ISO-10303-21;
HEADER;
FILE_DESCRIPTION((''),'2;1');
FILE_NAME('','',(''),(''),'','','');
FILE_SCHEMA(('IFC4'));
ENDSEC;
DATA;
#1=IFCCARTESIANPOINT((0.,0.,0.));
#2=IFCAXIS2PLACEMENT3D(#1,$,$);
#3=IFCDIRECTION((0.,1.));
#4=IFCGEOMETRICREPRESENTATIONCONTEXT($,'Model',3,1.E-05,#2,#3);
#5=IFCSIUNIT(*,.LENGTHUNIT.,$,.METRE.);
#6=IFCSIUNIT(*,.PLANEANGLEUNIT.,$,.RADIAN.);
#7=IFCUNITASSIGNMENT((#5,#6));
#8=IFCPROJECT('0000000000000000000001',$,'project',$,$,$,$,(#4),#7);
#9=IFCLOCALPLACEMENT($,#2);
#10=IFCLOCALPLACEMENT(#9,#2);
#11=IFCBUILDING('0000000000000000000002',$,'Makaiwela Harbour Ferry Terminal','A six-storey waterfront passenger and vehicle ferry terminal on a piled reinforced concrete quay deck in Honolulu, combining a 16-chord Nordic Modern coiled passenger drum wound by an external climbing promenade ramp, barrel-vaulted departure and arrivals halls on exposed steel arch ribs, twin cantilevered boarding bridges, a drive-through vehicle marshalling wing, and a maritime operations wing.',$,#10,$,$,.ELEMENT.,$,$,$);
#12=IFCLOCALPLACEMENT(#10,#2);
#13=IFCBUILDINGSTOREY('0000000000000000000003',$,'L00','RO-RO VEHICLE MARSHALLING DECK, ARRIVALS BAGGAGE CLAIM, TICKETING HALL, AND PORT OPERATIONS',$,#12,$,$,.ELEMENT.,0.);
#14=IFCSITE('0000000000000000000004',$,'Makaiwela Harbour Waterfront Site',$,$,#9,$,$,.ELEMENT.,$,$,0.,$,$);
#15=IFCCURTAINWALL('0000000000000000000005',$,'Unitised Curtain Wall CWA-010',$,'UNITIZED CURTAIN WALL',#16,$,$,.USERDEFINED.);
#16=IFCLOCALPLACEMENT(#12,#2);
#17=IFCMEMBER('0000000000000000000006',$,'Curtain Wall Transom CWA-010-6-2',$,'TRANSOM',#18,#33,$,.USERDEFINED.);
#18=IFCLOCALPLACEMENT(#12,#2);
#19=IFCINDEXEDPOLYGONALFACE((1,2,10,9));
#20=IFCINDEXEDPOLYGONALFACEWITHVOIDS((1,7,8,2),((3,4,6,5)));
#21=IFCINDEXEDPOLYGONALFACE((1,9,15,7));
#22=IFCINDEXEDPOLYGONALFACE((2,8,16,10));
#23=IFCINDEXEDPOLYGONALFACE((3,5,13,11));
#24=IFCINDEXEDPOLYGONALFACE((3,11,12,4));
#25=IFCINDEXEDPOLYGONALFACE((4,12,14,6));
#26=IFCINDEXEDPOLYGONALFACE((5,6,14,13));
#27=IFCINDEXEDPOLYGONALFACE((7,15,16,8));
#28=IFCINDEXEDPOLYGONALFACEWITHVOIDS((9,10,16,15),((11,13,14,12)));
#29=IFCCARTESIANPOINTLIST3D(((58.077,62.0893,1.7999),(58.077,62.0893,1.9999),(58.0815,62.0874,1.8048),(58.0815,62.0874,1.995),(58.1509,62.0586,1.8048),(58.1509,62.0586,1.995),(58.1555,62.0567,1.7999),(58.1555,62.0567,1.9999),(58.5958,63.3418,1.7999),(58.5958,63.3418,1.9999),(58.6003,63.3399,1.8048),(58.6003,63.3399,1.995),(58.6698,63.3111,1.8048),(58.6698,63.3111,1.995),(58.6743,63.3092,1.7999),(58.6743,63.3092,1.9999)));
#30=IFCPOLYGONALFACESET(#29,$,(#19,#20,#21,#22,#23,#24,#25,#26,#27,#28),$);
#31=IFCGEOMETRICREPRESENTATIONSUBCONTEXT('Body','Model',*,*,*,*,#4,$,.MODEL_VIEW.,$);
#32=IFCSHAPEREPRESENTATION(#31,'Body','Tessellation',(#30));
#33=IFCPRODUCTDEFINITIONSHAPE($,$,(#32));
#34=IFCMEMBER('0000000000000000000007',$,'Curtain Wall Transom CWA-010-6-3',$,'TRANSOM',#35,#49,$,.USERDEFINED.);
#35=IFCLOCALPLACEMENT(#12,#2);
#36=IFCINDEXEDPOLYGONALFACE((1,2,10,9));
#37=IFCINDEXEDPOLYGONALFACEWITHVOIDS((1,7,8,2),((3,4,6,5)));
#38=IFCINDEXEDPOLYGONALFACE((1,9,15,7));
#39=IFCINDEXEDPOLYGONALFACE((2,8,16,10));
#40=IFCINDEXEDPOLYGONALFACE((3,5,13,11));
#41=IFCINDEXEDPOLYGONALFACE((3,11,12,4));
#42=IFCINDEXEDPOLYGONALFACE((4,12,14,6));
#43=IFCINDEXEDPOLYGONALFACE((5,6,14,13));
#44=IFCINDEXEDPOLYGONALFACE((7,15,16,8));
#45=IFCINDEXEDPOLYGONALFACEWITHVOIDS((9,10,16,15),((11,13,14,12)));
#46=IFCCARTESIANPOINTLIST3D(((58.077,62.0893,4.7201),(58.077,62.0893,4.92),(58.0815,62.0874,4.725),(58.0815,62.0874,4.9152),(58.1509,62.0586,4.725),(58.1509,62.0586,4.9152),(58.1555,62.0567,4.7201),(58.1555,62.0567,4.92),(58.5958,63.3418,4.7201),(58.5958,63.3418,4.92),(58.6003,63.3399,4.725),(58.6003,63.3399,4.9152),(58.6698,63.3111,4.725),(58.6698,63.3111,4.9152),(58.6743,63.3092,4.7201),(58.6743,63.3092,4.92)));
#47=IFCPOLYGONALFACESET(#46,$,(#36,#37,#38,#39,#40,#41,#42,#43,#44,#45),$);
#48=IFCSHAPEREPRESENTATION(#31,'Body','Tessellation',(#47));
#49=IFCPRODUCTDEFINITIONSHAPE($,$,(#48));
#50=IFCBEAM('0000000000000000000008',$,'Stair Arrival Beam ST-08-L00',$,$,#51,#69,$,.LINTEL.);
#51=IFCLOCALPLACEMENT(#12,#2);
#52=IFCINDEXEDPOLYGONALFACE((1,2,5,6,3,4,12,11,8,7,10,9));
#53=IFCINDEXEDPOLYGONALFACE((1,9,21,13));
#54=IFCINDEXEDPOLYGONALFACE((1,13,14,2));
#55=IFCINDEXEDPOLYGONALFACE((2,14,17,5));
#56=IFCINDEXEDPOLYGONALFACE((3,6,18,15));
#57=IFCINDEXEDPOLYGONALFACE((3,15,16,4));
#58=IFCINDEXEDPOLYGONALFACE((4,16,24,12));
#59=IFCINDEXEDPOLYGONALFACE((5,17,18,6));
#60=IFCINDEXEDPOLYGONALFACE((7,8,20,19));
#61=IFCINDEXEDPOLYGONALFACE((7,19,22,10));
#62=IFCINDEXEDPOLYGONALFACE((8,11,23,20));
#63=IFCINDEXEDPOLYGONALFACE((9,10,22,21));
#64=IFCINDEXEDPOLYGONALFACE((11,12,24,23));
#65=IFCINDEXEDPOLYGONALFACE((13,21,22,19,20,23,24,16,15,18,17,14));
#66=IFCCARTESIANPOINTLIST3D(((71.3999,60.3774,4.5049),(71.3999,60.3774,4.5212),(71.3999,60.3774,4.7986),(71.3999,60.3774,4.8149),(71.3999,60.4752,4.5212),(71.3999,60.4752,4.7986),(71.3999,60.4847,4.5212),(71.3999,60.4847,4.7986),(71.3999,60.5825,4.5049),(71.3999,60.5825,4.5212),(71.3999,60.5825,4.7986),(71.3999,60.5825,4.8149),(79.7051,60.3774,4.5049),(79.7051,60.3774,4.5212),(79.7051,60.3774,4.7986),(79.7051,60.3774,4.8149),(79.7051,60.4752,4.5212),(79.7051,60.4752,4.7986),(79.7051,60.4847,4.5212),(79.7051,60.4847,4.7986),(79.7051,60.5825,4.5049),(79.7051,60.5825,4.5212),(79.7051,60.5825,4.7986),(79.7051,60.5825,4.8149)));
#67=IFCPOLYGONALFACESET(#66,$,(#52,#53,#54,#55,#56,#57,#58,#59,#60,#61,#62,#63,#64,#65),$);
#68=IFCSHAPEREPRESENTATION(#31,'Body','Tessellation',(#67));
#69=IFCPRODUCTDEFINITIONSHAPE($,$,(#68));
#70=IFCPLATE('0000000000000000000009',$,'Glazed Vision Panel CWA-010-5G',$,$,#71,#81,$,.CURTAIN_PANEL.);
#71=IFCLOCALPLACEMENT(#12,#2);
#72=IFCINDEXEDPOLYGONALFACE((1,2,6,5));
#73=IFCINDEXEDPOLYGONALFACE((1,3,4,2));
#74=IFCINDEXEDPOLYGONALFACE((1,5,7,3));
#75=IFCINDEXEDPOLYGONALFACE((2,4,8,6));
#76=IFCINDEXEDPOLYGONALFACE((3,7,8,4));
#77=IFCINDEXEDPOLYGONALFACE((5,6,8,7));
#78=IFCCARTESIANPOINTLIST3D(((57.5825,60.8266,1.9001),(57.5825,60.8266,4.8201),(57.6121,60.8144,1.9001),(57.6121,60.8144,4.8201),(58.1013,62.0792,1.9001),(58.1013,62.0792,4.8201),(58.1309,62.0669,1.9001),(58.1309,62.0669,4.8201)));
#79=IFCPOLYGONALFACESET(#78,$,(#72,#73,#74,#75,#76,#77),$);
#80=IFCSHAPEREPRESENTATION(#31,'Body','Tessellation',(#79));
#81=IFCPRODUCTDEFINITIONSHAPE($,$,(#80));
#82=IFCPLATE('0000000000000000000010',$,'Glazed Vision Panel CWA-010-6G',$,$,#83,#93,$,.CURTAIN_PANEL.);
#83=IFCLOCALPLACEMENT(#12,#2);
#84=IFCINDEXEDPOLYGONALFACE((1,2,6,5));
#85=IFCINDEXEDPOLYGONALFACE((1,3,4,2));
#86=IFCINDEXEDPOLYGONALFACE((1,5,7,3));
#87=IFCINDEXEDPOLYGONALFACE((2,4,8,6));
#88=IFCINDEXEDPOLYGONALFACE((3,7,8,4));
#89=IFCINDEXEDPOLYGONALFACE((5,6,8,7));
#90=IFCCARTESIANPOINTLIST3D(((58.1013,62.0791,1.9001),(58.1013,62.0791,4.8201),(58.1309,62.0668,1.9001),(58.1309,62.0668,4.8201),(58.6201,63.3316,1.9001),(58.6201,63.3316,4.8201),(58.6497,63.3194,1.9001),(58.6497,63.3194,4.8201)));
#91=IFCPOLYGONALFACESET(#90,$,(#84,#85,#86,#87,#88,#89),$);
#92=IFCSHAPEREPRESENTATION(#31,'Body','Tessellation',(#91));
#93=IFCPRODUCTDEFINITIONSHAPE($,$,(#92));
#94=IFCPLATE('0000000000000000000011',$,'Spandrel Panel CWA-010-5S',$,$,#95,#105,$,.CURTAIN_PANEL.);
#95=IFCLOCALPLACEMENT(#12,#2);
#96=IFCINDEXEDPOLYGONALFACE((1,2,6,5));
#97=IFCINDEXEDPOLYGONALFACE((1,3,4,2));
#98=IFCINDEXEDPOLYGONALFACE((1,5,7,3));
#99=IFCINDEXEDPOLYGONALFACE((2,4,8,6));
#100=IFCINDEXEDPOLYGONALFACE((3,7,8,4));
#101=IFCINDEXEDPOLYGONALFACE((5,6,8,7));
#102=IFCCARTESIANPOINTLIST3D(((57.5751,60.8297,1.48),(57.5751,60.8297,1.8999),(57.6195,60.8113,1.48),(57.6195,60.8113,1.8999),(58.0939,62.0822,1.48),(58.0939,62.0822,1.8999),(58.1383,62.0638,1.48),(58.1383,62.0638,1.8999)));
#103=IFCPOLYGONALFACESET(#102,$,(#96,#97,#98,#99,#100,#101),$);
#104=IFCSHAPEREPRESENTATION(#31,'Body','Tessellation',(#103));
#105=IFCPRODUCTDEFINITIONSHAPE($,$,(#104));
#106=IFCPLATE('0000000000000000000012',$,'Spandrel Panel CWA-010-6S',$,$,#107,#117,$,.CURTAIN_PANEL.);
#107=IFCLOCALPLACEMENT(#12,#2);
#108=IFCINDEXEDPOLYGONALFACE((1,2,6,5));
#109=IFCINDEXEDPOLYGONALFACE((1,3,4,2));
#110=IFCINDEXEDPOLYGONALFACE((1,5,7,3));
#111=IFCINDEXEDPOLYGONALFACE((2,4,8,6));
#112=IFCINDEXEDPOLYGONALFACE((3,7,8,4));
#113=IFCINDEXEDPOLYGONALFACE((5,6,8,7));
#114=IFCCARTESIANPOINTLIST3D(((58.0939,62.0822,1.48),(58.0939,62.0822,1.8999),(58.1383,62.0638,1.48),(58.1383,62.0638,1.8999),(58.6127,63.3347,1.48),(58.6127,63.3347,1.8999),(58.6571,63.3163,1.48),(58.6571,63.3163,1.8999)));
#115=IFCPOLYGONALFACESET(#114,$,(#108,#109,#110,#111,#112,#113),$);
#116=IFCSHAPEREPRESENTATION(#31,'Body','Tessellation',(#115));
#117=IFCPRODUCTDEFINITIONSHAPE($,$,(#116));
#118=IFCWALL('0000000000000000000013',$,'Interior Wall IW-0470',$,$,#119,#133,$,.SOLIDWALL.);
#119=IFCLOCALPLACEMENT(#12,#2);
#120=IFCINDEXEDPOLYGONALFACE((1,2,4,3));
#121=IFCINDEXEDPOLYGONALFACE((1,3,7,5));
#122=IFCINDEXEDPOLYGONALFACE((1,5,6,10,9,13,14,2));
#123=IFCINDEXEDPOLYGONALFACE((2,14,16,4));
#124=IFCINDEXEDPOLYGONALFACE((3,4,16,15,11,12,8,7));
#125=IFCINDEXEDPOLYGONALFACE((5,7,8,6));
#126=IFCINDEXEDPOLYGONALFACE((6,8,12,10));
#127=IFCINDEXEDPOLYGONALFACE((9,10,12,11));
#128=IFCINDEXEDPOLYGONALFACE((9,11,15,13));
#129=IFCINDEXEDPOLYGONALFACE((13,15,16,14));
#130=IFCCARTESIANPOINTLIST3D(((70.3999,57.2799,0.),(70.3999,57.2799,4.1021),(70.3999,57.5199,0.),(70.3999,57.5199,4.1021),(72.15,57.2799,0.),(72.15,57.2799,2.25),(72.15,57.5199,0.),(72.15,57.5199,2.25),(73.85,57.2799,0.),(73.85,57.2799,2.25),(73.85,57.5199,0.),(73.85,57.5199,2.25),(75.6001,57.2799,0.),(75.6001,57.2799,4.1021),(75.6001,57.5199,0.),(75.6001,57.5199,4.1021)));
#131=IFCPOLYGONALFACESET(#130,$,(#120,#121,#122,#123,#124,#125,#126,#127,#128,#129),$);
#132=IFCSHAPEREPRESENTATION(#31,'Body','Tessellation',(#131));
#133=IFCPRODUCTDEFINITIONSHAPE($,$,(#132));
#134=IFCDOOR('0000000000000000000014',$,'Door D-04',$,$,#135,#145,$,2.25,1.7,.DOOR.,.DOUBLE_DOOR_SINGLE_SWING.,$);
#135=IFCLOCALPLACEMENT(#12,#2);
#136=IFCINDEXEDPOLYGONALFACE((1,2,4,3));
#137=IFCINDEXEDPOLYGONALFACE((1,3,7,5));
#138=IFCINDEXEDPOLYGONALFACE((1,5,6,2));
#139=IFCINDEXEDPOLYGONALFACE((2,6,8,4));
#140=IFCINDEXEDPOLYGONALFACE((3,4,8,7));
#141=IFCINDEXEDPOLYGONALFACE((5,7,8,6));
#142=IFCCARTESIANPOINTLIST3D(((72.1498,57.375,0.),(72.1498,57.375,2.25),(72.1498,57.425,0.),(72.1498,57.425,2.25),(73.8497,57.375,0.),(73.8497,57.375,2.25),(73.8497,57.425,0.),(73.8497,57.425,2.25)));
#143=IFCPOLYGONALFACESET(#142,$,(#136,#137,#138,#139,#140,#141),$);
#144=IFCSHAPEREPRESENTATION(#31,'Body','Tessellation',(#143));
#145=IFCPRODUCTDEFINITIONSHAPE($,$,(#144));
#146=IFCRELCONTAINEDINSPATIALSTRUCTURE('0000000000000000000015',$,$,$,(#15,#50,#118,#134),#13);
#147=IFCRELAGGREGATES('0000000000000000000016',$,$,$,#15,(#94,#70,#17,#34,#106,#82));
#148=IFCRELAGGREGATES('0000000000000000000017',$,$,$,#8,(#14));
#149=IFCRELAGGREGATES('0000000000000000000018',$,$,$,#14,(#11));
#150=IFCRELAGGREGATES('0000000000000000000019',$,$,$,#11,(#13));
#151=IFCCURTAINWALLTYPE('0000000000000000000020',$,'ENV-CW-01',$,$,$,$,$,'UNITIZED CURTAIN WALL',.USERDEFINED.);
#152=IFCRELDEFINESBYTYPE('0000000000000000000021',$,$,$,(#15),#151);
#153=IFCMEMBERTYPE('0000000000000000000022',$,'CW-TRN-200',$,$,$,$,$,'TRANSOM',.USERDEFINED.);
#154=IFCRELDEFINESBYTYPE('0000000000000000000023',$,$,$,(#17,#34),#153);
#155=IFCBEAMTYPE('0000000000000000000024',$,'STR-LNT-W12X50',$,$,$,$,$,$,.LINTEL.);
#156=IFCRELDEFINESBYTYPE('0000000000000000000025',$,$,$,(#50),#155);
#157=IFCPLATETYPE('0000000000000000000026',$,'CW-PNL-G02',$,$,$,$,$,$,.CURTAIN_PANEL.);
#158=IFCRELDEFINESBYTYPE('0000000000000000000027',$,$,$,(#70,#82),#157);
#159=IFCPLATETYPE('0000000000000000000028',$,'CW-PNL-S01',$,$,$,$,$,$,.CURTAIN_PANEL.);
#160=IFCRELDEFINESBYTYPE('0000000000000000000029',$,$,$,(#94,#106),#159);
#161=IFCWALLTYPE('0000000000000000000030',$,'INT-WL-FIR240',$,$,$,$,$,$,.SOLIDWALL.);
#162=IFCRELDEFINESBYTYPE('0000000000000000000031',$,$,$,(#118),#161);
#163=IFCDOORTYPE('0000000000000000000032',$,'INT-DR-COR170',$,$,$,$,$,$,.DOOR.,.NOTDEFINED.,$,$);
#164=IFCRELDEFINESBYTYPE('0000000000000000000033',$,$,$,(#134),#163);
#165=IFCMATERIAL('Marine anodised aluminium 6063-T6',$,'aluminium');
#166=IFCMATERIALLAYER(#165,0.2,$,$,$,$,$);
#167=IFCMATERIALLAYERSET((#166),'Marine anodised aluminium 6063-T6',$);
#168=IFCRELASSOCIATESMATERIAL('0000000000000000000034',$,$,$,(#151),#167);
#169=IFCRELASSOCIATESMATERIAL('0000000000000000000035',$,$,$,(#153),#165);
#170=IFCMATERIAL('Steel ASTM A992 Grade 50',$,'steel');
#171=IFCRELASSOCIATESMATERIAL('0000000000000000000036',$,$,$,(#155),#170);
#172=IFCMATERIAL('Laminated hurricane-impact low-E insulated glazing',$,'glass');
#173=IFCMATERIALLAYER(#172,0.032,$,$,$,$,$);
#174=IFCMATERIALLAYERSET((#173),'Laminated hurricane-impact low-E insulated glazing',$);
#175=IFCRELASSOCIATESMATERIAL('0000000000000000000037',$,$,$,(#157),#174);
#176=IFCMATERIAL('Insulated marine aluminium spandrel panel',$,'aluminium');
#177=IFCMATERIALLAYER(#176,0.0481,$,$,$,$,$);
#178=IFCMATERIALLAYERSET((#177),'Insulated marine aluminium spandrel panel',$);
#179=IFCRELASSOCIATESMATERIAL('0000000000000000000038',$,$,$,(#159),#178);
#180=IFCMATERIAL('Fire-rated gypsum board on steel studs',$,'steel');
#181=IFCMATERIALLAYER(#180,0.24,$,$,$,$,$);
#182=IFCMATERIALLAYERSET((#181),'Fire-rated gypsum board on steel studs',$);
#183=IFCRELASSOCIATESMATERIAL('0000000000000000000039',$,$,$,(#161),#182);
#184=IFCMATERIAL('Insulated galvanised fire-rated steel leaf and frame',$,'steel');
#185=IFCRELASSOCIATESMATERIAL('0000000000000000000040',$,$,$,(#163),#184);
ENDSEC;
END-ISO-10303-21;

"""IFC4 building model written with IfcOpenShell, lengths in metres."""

from ifc_helpers import new_model, si_unit, direction, frame, frame_2d, origin, origin_2d, place, context, subcontext, project, spatial, rectangle, hollow_rectangle, i_section, extrude, material, layer, layer_set, material_profile, profile_set, type_object, element, fill, aggregate, save


model = new_model("IFC4")

# Units and contexts
model_context = context("Model", 3, precision=1e-05, world=origin(), true_north=direction((0.0, 1.0)))
body_context = subcontext(model_context, "Body", "Model", "MODEL_VIEW")
ifc_project = project(units=[si_unit("LENGTHUNIT", "METRE"), si_unit("PLANEANGLEUNIT", "RADIAN")], contexts=[model_context])

# Site, building, storey
site_placement = place(None, origin())
site = spatial("IfcSite", under=ifc_project, at=site_placement, Name="Makaiwela Harbour Waterfront Site", CompositionType="ELEMENT", RefElevation=0.0)
building_placement = place(site_placement, origin())
building = spatial("IfcBuilding", under=site, at=building_placement, Name="Makaiwela Harbour Ferry Terminal", Description="A six-storey waterfront passenger and vehicle ferry terminal on a piled reinforced concrete quay deck in Honolulu, combining a 16-chord Nordic Modern coiled passenger drum wound by an external climbing promenade ramp, barrel-vaulted departure and arrivals halls on exposed steel arch ribs, twin cantilevered boarding bridges, a drive-through vehicle marshalling wing, and a maritime operations wing.", CompositionType="ELEMENT")
storey_placement = place(building_placement, origin())
storey = spatial("IfcBuildingStorey", under=building, at=storey_placement, Name="L00", Description="RO-RO VEHICLE MARSHALLING DECK, ARRIVALS BAGGAGE CLAIM, TICKETING HALL, AND PORT OPERATIONS", CompositionType="ELEMENT", Elevation=0.0)

# Shared definitions
ifc_material_1 = material(Name="Steel ASTM A992 Grade 50", Category="steel")

# Curtain wall, members
ifc_material_2 = material(Name="Marine anodised aluminium 6063-T6", Category="aluminium")
ifc_layer_1 = layer(ifc_material_2, 0.2)
ifc_layer_set_1 = layer_set([ifc_layer_1], Name="Marine anodised aluminium 6063-T6")
curtain_wall_type = type_object("IfcCurtainWallType", Name="ENV-CW-01", ElementType="UNITIZED CURTAIN WALL", PredefinedType="USERDEFINED", material=ifc_layer_set_1)
curtain_wall_placement = place(storey_placement, origin())
curtain_wall = element("IfcCurtainWall", 1, at=curtain_wall_placement, inside=storey, type_object=curtain_wall_type, Name="Unitised Curtain Wall CWA-010", ObjectType="UNITIZED CURTAIN WALL", PredefinedType="USERDEFINED")
ifc_material_profile_1 = material_profile(ifc_material_2, hollow_rectangle(XDim=0.085, YDim=0.2, WallThickness=0.0049, at=origin_2d()), Name="CWT-200X85")
ifc_profile_set_1 = profile_set([ifc_material_profile_1], Name="Marine anodised aluminium 6063-T6")
member_type_1 = type_object("IfcMemberType", Name="CW-TRN-200", ElementType="TRANSOM", PredefinedType="USERDEFINED", material=ifc_profile_set_1)
member_1_placement = place(storey_placement, frame((58.1162, 62.073, 1.8999), z_axis=(0.382696, 0.923874, 0.0), x_axis=(-0.923874, 0.382696, 0.0)))
member_1 = element("IfcMember", 2, at=member_1_placement, type_object=member_type_1, Name="Curtain Wall Transom CWA-010-6-2", ObjectType="TRANSOM", PredefinedType="USERDEFINED", context=body_context, shape_type="SweptSolid", body=[
    extrude(hollow_rectangle(XDim=0.085, YDim=0.2, WallThickness=0.0049, at=origin_2d()), origin(), (0.0, 0.0, 1.0), 1.3557),
])
member_2_placement = place(storey_placement, frame((58.1162, 62.073, 4.8201), z_axis=(0.382696, 0.923874, 0.0), x_axis=(-0.923874, 0.382696, 0.0)))
member_2 = element("IfcMember", 3, at=member_2_placement, type_object=member_type_1, Name="Curtain Wall Transom CWA-010-6-3", ObjectType="TRANSOM", PredefinedType="USERDEFINED", context=body_context, shape_type="SweptSolid", body=[
    extrude(hollow_rectangle(XDim=0.085, YDim=0.2, WallThickness=0.0049, at=origin_2d()), origin(), (0.0, 0.0, 1.0), 1.3557),
])

# Beam
ifc_material_profile_2 = material_profile(ifc_material_1, i_section(OverallWidth=0.2051, OverallDepth=0.3101, WebThickness=0.0095, FlangeThickness=0.0164, at=origin_2d()), Name="W12X50")
ifc_profile_set_2 = profile_set([ifc_material_profile_2], Name="Steel ASTM A992 Grade 50")
beam_type = type_object("IfcBeamType", Name="STR-LNT-W12X50", PredefinedType="LINTEL", material=ifc_profile_set_2)
beam_placement = place(storey_placement, frame((71.3999, 60.48, 4.6599), z_axis=(1.0, 0.0, 0.0), x_axis=(0.0, 1.0, 0.0)))
element("IfcBeam", 4, at=beam_placement, inside=storey, type_object=beam_type, Name="Stair Arrival Beam ST-08-L00", PredefinedType="LINTEL", context=body_context, shape_type="SweptSolid", body=[
    extrude(i_section(OverallWidth=0.2051, OverallDepth=0.3101, WebThickness=0.0095, FlangeThickness=0.0164, at=origin_2d()), origin(), (0.0, 0.0, 1.0), 8.3052),
])

# Plates
ifc_material_3 = material(Name="Laminated hurricane-impact low-E insulated glazing", Category="glass")
ifc_layer_2 = layer(ifc_material_3, 0.032)
ifc_layer_set_2 = layer_set([ifc_layer_2], Name="Laminated hurricane-impact low-E insulated glazing")
plate_type_1 = type_object("IfcPlateType", Name="CW-PNL-G02", PredefinedType="CURTAIN_PANEL", material=ifc_layer_set_2)
plate_1_placement = place(storey_placement, frame((57.8567, 61.4468, 1.9001), z_axis=(0.0, 0.0, 1.0), x_axis=(0.382683, 0.92388, 0.0)))
plate_1 = element("IfcPlate", 5, at=plate_1_placement, type_object=plate_type_1, Name="Glazed Vision Panel CWA-010-5G", PredefinedType="CURTAIN_PANEL", context=body_context, shape_type="SweptSolid", body=[
    extrude(rectangle(XDim=1.3557, YDim=0.032, at=origin_2d()), origin(), (0.0, 0.0, 1.0), 2.9199),
])
plate_2_placement = place(storey_placement, frame((58.3755, 62.6992, 1.9001), z_axis=(0.0, 0.0, 1.0), x_axis=(0.382683, 0.92388, 0.0)))
plate_2 = element("IfcPlate", 6, at=plate_2_placement, type_object=plate_type_1, Name="Glazed Vision Panel CWA-010-6G", PredefinedType="CURTAIN_PANEL", context=body_context, shape_type="SweptSolid", body=[
    extrude(rectangle(XDim=1.3557, YDim=0.032, at=origin_2d()), origin(), (0.0, 0.0, 1.0), 2.9199),
])
ifc_material_4 = material(Name="Insulated marine aluminium spandrel panel", Category="aluminium")
ifc_layer_3 = layer(ifc_material_4, 0.0481)
ifc_layer_set_3 = layer_set([ifc_layer_3], Name="Insulated marine aluminium spandrel panel")
plate_type_2 = type_object("IfcPlateType", Name="CW-PNL-S01", PredefinedType="CURTAIN_PANEL", material=ifc_layer_set_3)
plate_3_placement = place(storey_placement, frame((57.8567, 61.4468, 1.48), z_axis=(0.0, 0.0, 1.0), x_axis=(0.382683, 0.92388, 0.0)))
plate_3 = element("IfcPlate", 7, at=plate_3_placement, type_object=plate_type_2, Name="Spandrel Panel CWA-010-5S", PredefinedType="CURTAIN_PANEL", context=body_context, shape_type="SweptSolid", body=[
    extrude(rectangle(XDim=1.3557, YDim=0.0481, at=origin_2d()), origin(), (0.0, 0.0, 1.0), 0.4199),
])
plate_4_placement = place(storey_placement, frame((58.3755, 62.6992, 1.48), z_axis=(0.0, 0.0, 1.0), x_axis=(0.382683, 0.92388, 0.0)))
plate_4 = element("IfcPlate", 8, at=plate_4_placement, type_object=plate_type_2, Name="Spandrel Panel CWA-010-6S", PredefinedType="CURTAIN_PANEL", context=body_context, shape_type="SweptSolid", body=[
    extrude(rectangle(XDim=1.3557, YDim=0.0481, at=origin_2d()), origin(), (0.0, 0.0, 1.0), 0.4199),
])
aggregate(curtain_wall, [plate_3, plate_1, member_1, member_2, plate_4, plate_2])

# Wall, opening, door
ifc_material_5 = material(Name="Fire-rated gypsum board on steel studs", Category="steel")
ifc_layer_4 = layer(ifc_material_5, 0.24)
ifc_layer_set_4 = layer_set([ifc_layer_4], Name="Fire-rated gypsum board on steel studs")
wall_type_1 = type_object("IfcWallType", Name="INT-WL-FIR240", PredefinedType="SOLIDWALL", material=ifc_layer_set_4)
wall_1_placement = place(storey_placement, frame((70.3999, 57.3999, 0.0), z_axis=(0.0, 0.0, 1.0), x_axis=(1.0, 0.0, 0.0)))
wall_1 = element("IfcWall", 9, at=wall_1_placement, inside=storey, type_object=wall_type_1, Name="Interior Wall IW-0470", PredefinedType="SOLIDWALL", context=body_context, shape_type="SweptSolid", body=[
    extrude(rectangle(XDim=5.2002, YDim=0.24, at=frame_2d((2.6001, 0.0))), origin(), (0.0, 0.0, 1.0), 4.1021),
])
opening_1_placement = place(wall_1_placement, frame((1.75, 0.0, 0.0)))
opening_1 = element("IfcOpeningElement", 10, at=opening_1_placement, cuts=wall_1, PredefinedType="OPENING", context=body_context, shape_type="SweptSolid", body=[
    extrude(rectangle(XDim=1.7, YDim=2.25, at=frame_2d((0.8501, 1.125))), frame((0.0, 0.1299, 0.0), z_axis=(0.0, -1.0, 0.0), x_axis=(1.0, 0.0, 0.0)), (0.0, 0.0, 1.0), 0.26),
])
ifc_material_6 = material(Name="Insulated galvanised fire-rated steel leaf and frame", Category="steel")
door_type_1 = type_object("IfcDoorType", Name="INT-DR-COR170", OperationType="NOTDEFINED", PredefinedType="DOOR", material=ifc_material_6)
door_1_placement = place(opening_1_placement, frame((1.7, 0.0, 0.0), z_axis=(0.0, 0.0, 1.0), x_axis=(-1.0, 0.0, 0.0)))
door_1 = element("IfcDoor", 11, at=door_1_placement, inside=storey, type_object=door_type_1, Name="Door D-04", OperationType="DOUBLE_DOOR_SINGLE_SWING", OverallHeight=2.25, OverallWidth=1.7, PredefinedType="DOOR", context=body_context, shape_type="SweptSolid", body=[
    extrude(rectangle(XDim=1.7, YDim=2.25, at=frame_2d((0.8501, 1.125))), frame((0.0, 0.0249, 0.0), z_axis=(0.0, -1.0, 0.0), x_axis=(1.0, 0.0, 0.0)), (0.0, 0.0, 1.0), 0.05),
])
fill(opening_1, door_1)

save(model, "model.ifc")
